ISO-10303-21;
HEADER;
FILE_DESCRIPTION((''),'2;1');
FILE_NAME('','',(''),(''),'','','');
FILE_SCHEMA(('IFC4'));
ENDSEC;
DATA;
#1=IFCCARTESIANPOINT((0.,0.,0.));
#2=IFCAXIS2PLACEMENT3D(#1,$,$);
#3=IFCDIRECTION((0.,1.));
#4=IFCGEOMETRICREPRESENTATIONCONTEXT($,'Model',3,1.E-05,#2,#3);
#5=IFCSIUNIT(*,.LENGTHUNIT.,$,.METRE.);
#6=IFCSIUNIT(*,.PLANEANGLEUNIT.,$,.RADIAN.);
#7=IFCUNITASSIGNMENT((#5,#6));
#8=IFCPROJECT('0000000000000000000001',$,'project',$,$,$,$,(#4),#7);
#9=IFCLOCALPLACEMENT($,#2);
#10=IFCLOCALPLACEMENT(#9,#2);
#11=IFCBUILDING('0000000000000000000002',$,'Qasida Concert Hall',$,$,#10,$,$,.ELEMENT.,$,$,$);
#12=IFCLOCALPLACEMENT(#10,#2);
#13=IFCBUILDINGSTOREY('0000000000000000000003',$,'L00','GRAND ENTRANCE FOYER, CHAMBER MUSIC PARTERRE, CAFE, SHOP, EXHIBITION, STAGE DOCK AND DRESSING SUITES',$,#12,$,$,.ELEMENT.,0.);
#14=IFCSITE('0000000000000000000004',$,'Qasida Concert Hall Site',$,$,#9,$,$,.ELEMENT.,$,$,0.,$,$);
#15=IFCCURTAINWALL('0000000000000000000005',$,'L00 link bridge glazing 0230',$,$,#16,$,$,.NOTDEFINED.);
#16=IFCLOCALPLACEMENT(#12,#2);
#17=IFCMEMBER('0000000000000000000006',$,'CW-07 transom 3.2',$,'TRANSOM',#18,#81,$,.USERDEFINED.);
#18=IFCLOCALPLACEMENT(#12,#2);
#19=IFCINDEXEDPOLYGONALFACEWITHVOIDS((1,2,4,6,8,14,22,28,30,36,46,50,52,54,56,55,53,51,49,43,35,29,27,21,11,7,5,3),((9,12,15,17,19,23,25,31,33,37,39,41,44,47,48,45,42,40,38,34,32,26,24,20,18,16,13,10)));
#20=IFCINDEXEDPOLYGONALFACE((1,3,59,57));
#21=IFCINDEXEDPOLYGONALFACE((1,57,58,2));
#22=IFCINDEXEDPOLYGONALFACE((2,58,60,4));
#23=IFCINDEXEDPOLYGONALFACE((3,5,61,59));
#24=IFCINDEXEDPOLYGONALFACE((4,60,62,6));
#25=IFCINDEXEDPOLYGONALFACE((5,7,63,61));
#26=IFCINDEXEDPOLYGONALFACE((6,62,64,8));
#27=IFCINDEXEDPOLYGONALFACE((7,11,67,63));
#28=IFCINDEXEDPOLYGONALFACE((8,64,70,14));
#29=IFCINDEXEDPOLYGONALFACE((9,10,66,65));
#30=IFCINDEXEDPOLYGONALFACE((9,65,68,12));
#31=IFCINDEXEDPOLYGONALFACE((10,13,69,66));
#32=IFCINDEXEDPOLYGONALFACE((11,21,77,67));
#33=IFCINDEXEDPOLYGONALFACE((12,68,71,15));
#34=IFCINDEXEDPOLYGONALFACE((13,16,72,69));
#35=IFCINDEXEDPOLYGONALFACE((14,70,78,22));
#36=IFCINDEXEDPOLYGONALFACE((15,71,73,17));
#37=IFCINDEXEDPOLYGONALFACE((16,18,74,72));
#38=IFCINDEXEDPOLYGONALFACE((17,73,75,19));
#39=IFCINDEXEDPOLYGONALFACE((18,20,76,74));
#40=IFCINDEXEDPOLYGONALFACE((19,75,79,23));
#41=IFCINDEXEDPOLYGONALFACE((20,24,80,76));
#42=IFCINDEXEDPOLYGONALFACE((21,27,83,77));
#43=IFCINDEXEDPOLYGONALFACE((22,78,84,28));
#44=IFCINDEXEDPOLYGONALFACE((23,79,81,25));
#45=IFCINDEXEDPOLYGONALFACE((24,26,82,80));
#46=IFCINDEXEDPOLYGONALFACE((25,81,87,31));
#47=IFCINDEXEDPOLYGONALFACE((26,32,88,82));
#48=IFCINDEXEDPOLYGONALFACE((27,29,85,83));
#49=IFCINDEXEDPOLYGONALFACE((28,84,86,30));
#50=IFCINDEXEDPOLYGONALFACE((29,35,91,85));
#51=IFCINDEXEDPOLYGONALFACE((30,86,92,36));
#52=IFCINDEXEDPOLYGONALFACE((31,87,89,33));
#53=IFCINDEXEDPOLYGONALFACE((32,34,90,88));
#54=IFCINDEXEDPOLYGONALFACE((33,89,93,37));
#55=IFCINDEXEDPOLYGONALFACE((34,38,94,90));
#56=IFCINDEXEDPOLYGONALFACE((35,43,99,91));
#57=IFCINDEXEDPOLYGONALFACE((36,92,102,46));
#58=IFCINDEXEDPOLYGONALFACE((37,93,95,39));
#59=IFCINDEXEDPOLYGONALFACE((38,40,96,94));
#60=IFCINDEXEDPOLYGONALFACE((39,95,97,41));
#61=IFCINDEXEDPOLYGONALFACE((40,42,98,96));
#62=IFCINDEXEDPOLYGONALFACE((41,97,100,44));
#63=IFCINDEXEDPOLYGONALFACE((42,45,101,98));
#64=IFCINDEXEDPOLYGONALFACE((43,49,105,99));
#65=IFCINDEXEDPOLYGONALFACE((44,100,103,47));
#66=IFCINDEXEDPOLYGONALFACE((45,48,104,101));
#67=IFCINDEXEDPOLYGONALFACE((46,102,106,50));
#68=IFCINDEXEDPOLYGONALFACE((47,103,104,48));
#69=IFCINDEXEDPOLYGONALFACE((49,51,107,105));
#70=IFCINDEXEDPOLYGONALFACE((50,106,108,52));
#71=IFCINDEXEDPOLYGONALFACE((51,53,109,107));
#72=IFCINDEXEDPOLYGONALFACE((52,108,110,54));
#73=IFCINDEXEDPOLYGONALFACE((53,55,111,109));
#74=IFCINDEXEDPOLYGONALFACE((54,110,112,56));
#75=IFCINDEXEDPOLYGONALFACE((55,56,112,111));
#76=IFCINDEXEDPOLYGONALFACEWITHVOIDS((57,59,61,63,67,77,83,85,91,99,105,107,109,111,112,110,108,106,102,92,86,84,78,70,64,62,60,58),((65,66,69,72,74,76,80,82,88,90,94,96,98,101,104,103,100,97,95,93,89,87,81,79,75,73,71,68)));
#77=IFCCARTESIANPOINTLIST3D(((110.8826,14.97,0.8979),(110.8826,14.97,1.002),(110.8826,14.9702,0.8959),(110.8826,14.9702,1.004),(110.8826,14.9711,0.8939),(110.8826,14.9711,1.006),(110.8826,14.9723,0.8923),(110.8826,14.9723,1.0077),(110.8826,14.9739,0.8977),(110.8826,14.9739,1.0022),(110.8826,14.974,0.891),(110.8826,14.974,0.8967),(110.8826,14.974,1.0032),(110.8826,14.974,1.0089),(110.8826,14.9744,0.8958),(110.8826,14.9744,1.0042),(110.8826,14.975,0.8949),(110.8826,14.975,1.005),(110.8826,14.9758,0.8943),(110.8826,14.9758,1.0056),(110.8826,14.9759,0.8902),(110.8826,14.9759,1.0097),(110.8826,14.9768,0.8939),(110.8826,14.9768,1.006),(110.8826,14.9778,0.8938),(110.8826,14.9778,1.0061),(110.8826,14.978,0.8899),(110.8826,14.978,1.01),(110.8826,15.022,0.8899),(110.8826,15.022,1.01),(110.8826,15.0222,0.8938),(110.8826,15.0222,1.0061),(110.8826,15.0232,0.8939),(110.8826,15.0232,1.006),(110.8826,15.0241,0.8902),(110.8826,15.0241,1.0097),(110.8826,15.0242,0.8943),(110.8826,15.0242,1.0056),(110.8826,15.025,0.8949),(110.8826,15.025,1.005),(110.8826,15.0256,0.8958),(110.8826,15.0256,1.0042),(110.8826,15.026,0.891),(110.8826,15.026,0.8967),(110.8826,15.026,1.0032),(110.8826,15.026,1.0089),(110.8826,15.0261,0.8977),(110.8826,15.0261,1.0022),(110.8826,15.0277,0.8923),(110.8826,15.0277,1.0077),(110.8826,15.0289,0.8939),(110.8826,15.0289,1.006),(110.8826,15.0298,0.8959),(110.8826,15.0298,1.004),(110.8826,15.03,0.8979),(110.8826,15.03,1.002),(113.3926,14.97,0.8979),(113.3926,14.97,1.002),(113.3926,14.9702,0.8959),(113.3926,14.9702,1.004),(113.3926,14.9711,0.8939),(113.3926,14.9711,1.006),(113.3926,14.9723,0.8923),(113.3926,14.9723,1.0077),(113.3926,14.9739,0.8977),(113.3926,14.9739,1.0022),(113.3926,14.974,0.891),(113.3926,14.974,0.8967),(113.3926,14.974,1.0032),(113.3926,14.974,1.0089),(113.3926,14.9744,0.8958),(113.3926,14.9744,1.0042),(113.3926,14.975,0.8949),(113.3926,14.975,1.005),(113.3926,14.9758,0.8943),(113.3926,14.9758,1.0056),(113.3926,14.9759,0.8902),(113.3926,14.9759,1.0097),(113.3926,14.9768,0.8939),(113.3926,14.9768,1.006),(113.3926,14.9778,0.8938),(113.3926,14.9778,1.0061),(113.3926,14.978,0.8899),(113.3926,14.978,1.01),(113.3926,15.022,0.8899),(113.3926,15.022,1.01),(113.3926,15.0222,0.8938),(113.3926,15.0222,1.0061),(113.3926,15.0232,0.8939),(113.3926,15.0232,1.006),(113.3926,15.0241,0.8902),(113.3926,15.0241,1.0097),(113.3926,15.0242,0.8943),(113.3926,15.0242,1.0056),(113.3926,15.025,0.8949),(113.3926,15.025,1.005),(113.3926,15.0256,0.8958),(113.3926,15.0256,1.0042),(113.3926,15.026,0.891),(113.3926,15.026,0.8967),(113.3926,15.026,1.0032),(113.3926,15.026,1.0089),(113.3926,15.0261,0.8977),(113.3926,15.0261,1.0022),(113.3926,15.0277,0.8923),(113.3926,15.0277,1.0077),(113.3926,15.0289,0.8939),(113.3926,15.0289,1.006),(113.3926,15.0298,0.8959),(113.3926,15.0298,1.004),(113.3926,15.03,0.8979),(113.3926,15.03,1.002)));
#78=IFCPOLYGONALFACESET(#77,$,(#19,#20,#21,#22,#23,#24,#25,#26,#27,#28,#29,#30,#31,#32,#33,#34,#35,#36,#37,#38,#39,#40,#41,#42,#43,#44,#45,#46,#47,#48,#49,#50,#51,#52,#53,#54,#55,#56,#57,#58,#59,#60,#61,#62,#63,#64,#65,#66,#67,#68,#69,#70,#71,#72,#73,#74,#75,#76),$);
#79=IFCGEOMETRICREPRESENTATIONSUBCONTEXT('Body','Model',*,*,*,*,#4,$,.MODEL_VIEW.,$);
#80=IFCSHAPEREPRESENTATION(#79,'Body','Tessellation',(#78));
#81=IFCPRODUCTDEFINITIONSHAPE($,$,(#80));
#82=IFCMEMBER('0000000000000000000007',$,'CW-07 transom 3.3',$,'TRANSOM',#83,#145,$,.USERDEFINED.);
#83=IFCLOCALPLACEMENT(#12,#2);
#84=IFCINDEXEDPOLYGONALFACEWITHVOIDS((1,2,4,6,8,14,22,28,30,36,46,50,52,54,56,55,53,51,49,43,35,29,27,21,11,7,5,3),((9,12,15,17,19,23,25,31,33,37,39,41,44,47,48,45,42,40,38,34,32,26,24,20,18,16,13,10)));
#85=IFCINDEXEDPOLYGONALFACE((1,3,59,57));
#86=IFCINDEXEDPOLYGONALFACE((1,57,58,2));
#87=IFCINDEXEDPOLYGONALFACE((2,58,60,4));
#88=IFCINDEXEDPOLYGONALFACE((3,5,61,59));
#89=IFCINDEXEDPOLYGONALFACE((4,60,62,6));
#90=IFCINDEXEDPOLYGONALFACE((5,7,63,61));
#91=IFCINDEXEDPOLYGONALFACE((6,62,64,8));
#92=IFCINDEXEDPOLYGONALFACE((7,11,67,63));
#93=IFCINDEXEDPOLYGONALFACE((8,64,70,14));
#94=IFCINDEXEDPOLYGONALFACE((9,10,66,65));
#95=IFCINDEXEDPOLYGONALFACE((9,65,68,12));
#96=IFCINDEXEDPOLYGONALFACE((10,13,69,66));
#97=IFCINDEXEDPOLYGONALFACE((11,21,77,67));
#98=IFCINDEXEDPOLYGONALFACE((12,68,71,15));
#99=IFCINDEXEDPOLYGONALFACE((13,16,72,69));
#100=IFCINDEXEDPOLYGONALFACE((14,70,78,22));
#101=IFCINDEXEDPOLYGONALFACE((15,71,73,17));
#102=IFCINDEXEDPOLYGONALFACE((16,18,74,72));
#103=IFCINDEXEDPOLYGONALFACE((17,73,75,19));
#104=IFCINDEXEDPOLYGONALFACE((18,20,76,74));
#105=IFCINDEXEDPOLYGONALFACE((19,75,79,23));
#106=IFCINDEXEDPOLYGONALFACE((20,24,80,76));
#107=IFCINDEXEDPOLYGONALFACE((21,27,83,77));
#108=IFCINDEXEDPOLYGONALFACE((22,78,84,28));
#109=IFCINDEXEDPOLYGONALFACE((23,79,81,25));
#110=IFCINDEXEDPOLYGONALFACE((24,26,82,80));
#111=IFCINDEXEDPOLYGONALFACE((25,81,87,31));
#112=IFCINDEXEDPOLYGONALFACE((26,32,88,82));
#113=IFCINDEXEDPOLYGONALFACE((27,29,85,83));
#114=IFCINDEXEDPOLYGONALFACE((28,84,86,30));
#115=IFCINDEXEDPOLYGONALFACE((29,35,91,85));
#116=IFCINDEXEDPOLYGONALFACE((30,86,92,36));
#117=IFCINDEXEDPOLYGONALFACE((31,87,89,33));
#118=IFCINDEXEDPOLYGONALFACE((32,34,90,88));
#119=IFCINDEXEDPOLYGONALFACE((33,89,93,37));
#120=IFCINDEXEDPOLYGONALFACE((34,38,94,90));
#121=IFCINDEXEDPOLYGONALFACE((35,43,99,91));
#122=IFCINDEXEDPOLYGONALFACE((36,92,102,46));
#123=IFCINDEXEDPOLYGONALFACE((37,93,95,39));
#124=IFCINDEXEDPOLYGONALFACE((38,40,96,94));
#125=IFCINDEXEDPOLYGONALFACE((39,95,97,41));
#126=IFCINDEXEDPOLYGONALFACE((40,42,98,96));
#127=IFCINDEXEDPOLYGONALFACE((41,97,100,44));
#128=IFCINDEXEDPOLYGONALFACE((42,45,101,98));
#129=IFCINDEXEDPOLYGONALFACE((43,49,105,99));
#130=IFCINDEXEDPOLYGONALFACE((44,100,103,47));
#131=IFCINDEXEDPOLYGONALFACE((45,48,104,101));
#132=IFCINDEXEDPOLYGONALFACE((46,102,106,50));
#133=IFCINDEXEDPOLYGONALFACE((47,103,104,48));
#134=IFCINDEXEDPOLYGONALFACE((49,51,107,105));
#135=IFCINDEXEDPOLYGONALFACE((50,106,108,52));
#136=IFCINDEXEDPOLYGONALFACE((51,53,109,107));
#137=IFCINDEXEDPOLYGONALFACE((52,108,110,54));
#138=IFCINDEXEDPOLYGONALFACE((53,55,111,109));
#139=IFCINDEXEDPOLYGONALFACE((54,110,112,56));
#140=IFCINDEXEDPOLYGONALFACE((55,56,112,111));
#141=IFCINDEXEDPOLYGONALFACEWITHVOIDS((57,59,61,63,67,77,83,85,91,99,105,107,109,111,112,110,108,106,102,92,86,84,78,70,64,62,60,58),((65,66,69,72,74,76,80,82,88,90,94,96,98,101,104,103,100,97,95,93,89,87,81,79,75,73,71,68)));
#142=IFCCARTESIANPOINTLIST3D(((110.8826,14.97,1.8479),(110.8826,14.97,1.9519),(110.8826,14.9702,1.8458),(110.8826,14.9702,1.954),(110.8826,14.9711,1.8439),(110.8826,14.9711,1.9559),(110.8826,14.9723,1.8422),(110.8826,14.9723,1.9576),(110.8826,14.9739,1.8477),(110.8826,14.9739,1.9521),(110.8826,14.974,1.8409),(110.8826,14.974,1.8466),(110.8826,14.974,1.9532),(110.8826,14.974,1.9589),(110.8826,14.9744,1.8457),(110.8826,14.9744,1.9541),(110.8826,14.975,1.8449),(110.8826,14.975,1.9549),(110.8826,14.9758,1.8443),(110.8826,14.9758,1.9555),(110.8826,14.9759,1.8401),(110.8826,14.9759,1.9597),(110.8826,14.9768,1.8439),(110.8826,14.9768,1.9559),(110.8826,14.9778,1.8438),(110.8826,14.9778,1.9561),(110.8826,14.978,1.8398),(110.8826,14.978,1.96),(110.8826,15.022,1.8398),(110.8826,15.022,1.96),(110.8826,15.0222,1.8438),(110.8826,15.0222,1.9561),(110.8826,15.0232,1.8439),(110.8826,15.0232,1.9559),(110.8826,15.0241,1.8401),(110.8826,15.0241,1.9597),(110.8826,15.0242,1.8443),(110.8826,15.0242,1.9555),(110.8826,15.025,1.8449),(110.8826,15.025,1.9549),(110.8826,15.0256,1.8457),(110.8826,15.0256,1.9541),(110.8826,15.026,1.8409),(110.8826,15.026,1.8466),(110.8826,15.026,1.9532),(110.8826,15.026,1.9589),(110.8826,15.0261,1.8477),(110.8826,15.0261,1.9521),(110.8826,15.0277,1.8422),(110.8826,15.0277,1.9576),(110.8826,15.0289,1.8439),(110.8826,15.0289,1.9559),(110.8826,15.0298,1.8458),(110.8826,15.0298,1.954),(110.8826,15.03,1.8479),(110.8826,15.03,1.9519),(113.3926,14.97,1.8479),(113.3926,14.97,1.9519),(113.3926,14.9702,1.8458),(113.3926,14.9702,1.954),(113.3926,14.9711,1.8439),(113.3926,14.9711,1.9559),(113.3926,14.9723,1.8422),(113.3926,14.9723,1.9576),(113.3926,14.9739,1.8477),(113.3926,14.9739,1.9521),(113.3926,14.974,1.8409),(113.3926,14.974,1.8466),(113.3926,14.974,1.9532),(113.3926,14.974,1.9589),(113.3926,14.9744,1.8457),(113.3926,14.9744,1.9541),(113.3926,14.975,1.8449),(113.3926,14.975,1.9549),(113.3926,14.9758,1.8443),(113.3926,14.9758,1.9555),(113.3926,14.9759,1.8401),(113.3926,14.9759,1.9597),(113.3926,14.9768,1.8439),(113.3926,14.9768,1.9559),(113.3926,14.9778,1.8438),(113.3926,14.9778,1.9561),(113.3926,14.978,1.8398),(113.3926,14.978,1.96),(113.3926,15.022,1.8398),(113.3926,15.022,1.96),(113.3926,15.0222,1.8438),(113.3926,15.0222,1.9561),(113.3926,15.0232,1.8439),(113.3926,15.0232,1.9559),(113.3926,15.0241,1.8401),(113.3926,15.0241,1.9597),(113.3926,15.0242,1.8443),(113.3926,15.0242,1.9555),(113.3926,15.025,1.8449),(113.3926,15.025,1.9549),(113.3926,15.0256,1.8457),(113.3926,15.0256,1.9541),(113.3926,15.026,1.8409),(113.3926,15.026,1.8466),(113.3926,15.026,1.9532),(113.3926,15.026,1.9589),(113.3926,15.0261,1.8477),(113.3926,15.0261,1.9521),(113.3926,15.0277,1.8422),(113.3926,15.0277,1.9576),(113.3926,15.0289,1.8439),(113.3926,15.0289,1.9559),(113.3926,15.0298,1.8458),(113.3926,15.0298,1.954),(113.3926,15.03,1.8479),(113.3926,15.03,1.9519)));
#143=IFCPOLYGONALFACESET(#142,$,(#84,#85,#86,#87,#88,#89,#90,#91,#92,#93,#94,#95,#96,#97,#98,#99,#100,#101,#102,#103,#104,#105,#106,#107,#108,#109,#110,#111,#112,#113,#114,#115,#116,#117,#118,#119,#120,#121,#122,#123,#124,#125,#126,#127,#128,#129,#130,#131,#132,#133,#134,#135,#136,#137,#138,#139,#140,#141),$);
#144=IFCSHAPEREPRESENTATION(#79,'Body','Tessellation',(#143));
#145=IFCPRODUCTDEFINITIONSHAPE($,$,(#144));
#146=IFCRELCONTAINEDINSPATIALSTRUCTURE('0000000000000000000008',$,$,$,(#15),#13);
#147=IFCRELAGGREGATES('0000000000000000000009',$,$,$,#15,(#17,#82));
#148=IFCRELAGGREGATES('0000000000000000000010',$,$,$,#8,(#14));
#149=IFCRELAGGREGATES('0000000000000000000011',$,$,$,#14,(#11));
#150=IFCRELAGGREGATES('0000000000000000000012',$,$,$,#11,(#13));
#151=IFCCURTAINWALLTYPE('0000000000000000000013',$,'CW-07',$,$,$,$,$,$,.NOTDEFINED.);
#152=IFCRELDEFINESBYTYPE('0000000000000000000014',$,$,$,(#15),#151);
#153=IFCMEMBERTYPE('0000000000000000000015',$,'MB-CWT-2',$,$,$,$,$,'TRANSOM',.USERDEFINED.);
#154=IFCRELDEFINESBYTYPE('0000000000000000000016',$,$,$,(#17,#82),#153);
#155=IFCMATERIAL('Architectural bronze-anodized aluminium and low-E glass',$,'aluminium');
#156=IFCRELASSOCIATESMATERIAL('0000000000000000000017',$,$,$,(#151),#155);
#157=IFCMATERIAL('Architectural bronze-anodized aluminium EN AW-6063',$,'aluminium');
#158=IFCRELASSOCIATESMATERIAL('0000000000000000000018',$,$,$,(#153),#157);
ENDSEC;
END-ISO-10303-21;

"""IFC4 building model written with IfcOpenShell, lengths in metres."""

from ifc_helpers import new_model, si_unit, direction, frame, origin, origin_2d, place, context, subcontext, project, spatial, hollow_rectangle, extrude, material, material_profile, profile_set, type_object, element, aggregate, save


model = new_model("IFC4")

# Units and contexts
model_context = context("Model", 3, precision=1e-05, world=origin(), true_north=direction((0.0, 1.0)))
body_context = subcontext(model_context, "Body", "Model", "MODEL_VIEW")
ifc_project = project(units=[si_unit("LENGTHUNIT", "METRE"), si_unit("PLANEANGLEUNIT", "RADIAN")], contexts=[model_context])

# Site, building, storey
site_placement = place(None, origin())
site = spatial("IfcSite", under=ifc_project, at=site_placement, Name="Qasida Concert Hall Site", CompositionType="ELEMENT", RefElevation=0.0)
building_placement = place(site_placement, origin())
building = spatial("IfcBuilding", under=site, at=building_placement, Name="Qasida Concert Hall", CompositionType="ELEMENT")
storey_placement = place(building_placement, origin())
storey = spatial("IfcBuildingStorey", under=building, at=storey_placement, Name="L00", Description="GRAND ENTRANCE FOYER, CHAMBER MUSIC PARTERRE, CAFE, SHOP, EXHIBITION, STAGE DOCK AND DRESSING SUITES", CompositionType="ELEMENT", Elevation=0.0)

# Curtain wall, members
ifc_material_1 = material(Name="Architectural bronze-anodized aluminium and low-E glass", Category="aluminium")
curtain_wall_type = type_object("IfcCurtainWallType", Name="CW-07", PredefinedType="NOTDEFINED", material=ifc_material_1)
curtain_wall_placement = place(storey_placement, origin())
curtain_wall = element("IfcCurtainWall", 1, at=curtain_wall_placement, inside=storey, type_object=curtain_wall_type, Name="L00 link bridge glazing 0230", PredefinedType="NOTDEFINED")
ifc_material_2 = material(Name="Architectural bronze-anodized aluminium EN AW-6063", Category="aluminium")
ifc_material_profile_1 = material_profile(ifc_material_2, hollow_rectangle(XDim=0.0601, YDim=0.1201, WallThickness=0.0039, InnerFilletRadius=0.0039, OuterFilletRadius=0.0081, at=origin_2d()), Name="CWT 120x60x4")
ifc_profile_set_1 = profile_set([ifc_material_profile_1], Name="Architectural bronze-anodized aluminium EN AW-6063")
member_type_1 = type_object("IfcMemberType", Name="MB-CWT-2", ElementType="TRANSOM", PredefinedType="USERDEFINED", material=ifc_profile_set_1)
member_1_placement = place(storey_placement, frame((110.8826, 15.0, 0.95), z_axis=(1.0, 0.0, 0.0), x_axis=(0.0, 1.0, 0.0)))
member_1 = element("IfcMember", 2, at=member_1_placement, type_object=member_type_1, Name="CW-07 transom 3.2", ObjectType="TRANSOM", PredefinedType="USERDEFINED", context=body_context, shape_type="SweptSolid", body=[
    extrude(hollow_rectangle(XDim=0.0601, YDim=0.1201, WallThickness=0.0039, InnerFilletRadius=0.0039, OuterFilletRadius=0.0081, at=origin_2d()), origin(), (0.0, 0.0, 1.0), 2.51),
])
member_2_placement = place(storey_placement, frame((110.8826, 15.0, 1.8999), z_axis=(1.0, 0.0, 0.0), x_axis=(0.0, 1.0, 0.0)))
member_2 = element("IfcMember", 3, at=member_2_placement, type_object=member_type_1, Name="CW-07 transom 3.3", ObjectType="TRANSOM", PredefinedType="USERDEFINED", context=body_context, shape_type="SweptSolid", body=[
    extrude(hollow_rectangle(XDim=0.0601, YDim=0.1201, WallThickness=0.0039, InnerFilletRadius=0.0039, OuterFilletRadius=0.0081, at=origin_2d()), origin(), (0.0, 0.0, 1.0), 2.51),
])
aggregate(curtain_wall, [member_1, member_2])

save(model, "model.ifc")
